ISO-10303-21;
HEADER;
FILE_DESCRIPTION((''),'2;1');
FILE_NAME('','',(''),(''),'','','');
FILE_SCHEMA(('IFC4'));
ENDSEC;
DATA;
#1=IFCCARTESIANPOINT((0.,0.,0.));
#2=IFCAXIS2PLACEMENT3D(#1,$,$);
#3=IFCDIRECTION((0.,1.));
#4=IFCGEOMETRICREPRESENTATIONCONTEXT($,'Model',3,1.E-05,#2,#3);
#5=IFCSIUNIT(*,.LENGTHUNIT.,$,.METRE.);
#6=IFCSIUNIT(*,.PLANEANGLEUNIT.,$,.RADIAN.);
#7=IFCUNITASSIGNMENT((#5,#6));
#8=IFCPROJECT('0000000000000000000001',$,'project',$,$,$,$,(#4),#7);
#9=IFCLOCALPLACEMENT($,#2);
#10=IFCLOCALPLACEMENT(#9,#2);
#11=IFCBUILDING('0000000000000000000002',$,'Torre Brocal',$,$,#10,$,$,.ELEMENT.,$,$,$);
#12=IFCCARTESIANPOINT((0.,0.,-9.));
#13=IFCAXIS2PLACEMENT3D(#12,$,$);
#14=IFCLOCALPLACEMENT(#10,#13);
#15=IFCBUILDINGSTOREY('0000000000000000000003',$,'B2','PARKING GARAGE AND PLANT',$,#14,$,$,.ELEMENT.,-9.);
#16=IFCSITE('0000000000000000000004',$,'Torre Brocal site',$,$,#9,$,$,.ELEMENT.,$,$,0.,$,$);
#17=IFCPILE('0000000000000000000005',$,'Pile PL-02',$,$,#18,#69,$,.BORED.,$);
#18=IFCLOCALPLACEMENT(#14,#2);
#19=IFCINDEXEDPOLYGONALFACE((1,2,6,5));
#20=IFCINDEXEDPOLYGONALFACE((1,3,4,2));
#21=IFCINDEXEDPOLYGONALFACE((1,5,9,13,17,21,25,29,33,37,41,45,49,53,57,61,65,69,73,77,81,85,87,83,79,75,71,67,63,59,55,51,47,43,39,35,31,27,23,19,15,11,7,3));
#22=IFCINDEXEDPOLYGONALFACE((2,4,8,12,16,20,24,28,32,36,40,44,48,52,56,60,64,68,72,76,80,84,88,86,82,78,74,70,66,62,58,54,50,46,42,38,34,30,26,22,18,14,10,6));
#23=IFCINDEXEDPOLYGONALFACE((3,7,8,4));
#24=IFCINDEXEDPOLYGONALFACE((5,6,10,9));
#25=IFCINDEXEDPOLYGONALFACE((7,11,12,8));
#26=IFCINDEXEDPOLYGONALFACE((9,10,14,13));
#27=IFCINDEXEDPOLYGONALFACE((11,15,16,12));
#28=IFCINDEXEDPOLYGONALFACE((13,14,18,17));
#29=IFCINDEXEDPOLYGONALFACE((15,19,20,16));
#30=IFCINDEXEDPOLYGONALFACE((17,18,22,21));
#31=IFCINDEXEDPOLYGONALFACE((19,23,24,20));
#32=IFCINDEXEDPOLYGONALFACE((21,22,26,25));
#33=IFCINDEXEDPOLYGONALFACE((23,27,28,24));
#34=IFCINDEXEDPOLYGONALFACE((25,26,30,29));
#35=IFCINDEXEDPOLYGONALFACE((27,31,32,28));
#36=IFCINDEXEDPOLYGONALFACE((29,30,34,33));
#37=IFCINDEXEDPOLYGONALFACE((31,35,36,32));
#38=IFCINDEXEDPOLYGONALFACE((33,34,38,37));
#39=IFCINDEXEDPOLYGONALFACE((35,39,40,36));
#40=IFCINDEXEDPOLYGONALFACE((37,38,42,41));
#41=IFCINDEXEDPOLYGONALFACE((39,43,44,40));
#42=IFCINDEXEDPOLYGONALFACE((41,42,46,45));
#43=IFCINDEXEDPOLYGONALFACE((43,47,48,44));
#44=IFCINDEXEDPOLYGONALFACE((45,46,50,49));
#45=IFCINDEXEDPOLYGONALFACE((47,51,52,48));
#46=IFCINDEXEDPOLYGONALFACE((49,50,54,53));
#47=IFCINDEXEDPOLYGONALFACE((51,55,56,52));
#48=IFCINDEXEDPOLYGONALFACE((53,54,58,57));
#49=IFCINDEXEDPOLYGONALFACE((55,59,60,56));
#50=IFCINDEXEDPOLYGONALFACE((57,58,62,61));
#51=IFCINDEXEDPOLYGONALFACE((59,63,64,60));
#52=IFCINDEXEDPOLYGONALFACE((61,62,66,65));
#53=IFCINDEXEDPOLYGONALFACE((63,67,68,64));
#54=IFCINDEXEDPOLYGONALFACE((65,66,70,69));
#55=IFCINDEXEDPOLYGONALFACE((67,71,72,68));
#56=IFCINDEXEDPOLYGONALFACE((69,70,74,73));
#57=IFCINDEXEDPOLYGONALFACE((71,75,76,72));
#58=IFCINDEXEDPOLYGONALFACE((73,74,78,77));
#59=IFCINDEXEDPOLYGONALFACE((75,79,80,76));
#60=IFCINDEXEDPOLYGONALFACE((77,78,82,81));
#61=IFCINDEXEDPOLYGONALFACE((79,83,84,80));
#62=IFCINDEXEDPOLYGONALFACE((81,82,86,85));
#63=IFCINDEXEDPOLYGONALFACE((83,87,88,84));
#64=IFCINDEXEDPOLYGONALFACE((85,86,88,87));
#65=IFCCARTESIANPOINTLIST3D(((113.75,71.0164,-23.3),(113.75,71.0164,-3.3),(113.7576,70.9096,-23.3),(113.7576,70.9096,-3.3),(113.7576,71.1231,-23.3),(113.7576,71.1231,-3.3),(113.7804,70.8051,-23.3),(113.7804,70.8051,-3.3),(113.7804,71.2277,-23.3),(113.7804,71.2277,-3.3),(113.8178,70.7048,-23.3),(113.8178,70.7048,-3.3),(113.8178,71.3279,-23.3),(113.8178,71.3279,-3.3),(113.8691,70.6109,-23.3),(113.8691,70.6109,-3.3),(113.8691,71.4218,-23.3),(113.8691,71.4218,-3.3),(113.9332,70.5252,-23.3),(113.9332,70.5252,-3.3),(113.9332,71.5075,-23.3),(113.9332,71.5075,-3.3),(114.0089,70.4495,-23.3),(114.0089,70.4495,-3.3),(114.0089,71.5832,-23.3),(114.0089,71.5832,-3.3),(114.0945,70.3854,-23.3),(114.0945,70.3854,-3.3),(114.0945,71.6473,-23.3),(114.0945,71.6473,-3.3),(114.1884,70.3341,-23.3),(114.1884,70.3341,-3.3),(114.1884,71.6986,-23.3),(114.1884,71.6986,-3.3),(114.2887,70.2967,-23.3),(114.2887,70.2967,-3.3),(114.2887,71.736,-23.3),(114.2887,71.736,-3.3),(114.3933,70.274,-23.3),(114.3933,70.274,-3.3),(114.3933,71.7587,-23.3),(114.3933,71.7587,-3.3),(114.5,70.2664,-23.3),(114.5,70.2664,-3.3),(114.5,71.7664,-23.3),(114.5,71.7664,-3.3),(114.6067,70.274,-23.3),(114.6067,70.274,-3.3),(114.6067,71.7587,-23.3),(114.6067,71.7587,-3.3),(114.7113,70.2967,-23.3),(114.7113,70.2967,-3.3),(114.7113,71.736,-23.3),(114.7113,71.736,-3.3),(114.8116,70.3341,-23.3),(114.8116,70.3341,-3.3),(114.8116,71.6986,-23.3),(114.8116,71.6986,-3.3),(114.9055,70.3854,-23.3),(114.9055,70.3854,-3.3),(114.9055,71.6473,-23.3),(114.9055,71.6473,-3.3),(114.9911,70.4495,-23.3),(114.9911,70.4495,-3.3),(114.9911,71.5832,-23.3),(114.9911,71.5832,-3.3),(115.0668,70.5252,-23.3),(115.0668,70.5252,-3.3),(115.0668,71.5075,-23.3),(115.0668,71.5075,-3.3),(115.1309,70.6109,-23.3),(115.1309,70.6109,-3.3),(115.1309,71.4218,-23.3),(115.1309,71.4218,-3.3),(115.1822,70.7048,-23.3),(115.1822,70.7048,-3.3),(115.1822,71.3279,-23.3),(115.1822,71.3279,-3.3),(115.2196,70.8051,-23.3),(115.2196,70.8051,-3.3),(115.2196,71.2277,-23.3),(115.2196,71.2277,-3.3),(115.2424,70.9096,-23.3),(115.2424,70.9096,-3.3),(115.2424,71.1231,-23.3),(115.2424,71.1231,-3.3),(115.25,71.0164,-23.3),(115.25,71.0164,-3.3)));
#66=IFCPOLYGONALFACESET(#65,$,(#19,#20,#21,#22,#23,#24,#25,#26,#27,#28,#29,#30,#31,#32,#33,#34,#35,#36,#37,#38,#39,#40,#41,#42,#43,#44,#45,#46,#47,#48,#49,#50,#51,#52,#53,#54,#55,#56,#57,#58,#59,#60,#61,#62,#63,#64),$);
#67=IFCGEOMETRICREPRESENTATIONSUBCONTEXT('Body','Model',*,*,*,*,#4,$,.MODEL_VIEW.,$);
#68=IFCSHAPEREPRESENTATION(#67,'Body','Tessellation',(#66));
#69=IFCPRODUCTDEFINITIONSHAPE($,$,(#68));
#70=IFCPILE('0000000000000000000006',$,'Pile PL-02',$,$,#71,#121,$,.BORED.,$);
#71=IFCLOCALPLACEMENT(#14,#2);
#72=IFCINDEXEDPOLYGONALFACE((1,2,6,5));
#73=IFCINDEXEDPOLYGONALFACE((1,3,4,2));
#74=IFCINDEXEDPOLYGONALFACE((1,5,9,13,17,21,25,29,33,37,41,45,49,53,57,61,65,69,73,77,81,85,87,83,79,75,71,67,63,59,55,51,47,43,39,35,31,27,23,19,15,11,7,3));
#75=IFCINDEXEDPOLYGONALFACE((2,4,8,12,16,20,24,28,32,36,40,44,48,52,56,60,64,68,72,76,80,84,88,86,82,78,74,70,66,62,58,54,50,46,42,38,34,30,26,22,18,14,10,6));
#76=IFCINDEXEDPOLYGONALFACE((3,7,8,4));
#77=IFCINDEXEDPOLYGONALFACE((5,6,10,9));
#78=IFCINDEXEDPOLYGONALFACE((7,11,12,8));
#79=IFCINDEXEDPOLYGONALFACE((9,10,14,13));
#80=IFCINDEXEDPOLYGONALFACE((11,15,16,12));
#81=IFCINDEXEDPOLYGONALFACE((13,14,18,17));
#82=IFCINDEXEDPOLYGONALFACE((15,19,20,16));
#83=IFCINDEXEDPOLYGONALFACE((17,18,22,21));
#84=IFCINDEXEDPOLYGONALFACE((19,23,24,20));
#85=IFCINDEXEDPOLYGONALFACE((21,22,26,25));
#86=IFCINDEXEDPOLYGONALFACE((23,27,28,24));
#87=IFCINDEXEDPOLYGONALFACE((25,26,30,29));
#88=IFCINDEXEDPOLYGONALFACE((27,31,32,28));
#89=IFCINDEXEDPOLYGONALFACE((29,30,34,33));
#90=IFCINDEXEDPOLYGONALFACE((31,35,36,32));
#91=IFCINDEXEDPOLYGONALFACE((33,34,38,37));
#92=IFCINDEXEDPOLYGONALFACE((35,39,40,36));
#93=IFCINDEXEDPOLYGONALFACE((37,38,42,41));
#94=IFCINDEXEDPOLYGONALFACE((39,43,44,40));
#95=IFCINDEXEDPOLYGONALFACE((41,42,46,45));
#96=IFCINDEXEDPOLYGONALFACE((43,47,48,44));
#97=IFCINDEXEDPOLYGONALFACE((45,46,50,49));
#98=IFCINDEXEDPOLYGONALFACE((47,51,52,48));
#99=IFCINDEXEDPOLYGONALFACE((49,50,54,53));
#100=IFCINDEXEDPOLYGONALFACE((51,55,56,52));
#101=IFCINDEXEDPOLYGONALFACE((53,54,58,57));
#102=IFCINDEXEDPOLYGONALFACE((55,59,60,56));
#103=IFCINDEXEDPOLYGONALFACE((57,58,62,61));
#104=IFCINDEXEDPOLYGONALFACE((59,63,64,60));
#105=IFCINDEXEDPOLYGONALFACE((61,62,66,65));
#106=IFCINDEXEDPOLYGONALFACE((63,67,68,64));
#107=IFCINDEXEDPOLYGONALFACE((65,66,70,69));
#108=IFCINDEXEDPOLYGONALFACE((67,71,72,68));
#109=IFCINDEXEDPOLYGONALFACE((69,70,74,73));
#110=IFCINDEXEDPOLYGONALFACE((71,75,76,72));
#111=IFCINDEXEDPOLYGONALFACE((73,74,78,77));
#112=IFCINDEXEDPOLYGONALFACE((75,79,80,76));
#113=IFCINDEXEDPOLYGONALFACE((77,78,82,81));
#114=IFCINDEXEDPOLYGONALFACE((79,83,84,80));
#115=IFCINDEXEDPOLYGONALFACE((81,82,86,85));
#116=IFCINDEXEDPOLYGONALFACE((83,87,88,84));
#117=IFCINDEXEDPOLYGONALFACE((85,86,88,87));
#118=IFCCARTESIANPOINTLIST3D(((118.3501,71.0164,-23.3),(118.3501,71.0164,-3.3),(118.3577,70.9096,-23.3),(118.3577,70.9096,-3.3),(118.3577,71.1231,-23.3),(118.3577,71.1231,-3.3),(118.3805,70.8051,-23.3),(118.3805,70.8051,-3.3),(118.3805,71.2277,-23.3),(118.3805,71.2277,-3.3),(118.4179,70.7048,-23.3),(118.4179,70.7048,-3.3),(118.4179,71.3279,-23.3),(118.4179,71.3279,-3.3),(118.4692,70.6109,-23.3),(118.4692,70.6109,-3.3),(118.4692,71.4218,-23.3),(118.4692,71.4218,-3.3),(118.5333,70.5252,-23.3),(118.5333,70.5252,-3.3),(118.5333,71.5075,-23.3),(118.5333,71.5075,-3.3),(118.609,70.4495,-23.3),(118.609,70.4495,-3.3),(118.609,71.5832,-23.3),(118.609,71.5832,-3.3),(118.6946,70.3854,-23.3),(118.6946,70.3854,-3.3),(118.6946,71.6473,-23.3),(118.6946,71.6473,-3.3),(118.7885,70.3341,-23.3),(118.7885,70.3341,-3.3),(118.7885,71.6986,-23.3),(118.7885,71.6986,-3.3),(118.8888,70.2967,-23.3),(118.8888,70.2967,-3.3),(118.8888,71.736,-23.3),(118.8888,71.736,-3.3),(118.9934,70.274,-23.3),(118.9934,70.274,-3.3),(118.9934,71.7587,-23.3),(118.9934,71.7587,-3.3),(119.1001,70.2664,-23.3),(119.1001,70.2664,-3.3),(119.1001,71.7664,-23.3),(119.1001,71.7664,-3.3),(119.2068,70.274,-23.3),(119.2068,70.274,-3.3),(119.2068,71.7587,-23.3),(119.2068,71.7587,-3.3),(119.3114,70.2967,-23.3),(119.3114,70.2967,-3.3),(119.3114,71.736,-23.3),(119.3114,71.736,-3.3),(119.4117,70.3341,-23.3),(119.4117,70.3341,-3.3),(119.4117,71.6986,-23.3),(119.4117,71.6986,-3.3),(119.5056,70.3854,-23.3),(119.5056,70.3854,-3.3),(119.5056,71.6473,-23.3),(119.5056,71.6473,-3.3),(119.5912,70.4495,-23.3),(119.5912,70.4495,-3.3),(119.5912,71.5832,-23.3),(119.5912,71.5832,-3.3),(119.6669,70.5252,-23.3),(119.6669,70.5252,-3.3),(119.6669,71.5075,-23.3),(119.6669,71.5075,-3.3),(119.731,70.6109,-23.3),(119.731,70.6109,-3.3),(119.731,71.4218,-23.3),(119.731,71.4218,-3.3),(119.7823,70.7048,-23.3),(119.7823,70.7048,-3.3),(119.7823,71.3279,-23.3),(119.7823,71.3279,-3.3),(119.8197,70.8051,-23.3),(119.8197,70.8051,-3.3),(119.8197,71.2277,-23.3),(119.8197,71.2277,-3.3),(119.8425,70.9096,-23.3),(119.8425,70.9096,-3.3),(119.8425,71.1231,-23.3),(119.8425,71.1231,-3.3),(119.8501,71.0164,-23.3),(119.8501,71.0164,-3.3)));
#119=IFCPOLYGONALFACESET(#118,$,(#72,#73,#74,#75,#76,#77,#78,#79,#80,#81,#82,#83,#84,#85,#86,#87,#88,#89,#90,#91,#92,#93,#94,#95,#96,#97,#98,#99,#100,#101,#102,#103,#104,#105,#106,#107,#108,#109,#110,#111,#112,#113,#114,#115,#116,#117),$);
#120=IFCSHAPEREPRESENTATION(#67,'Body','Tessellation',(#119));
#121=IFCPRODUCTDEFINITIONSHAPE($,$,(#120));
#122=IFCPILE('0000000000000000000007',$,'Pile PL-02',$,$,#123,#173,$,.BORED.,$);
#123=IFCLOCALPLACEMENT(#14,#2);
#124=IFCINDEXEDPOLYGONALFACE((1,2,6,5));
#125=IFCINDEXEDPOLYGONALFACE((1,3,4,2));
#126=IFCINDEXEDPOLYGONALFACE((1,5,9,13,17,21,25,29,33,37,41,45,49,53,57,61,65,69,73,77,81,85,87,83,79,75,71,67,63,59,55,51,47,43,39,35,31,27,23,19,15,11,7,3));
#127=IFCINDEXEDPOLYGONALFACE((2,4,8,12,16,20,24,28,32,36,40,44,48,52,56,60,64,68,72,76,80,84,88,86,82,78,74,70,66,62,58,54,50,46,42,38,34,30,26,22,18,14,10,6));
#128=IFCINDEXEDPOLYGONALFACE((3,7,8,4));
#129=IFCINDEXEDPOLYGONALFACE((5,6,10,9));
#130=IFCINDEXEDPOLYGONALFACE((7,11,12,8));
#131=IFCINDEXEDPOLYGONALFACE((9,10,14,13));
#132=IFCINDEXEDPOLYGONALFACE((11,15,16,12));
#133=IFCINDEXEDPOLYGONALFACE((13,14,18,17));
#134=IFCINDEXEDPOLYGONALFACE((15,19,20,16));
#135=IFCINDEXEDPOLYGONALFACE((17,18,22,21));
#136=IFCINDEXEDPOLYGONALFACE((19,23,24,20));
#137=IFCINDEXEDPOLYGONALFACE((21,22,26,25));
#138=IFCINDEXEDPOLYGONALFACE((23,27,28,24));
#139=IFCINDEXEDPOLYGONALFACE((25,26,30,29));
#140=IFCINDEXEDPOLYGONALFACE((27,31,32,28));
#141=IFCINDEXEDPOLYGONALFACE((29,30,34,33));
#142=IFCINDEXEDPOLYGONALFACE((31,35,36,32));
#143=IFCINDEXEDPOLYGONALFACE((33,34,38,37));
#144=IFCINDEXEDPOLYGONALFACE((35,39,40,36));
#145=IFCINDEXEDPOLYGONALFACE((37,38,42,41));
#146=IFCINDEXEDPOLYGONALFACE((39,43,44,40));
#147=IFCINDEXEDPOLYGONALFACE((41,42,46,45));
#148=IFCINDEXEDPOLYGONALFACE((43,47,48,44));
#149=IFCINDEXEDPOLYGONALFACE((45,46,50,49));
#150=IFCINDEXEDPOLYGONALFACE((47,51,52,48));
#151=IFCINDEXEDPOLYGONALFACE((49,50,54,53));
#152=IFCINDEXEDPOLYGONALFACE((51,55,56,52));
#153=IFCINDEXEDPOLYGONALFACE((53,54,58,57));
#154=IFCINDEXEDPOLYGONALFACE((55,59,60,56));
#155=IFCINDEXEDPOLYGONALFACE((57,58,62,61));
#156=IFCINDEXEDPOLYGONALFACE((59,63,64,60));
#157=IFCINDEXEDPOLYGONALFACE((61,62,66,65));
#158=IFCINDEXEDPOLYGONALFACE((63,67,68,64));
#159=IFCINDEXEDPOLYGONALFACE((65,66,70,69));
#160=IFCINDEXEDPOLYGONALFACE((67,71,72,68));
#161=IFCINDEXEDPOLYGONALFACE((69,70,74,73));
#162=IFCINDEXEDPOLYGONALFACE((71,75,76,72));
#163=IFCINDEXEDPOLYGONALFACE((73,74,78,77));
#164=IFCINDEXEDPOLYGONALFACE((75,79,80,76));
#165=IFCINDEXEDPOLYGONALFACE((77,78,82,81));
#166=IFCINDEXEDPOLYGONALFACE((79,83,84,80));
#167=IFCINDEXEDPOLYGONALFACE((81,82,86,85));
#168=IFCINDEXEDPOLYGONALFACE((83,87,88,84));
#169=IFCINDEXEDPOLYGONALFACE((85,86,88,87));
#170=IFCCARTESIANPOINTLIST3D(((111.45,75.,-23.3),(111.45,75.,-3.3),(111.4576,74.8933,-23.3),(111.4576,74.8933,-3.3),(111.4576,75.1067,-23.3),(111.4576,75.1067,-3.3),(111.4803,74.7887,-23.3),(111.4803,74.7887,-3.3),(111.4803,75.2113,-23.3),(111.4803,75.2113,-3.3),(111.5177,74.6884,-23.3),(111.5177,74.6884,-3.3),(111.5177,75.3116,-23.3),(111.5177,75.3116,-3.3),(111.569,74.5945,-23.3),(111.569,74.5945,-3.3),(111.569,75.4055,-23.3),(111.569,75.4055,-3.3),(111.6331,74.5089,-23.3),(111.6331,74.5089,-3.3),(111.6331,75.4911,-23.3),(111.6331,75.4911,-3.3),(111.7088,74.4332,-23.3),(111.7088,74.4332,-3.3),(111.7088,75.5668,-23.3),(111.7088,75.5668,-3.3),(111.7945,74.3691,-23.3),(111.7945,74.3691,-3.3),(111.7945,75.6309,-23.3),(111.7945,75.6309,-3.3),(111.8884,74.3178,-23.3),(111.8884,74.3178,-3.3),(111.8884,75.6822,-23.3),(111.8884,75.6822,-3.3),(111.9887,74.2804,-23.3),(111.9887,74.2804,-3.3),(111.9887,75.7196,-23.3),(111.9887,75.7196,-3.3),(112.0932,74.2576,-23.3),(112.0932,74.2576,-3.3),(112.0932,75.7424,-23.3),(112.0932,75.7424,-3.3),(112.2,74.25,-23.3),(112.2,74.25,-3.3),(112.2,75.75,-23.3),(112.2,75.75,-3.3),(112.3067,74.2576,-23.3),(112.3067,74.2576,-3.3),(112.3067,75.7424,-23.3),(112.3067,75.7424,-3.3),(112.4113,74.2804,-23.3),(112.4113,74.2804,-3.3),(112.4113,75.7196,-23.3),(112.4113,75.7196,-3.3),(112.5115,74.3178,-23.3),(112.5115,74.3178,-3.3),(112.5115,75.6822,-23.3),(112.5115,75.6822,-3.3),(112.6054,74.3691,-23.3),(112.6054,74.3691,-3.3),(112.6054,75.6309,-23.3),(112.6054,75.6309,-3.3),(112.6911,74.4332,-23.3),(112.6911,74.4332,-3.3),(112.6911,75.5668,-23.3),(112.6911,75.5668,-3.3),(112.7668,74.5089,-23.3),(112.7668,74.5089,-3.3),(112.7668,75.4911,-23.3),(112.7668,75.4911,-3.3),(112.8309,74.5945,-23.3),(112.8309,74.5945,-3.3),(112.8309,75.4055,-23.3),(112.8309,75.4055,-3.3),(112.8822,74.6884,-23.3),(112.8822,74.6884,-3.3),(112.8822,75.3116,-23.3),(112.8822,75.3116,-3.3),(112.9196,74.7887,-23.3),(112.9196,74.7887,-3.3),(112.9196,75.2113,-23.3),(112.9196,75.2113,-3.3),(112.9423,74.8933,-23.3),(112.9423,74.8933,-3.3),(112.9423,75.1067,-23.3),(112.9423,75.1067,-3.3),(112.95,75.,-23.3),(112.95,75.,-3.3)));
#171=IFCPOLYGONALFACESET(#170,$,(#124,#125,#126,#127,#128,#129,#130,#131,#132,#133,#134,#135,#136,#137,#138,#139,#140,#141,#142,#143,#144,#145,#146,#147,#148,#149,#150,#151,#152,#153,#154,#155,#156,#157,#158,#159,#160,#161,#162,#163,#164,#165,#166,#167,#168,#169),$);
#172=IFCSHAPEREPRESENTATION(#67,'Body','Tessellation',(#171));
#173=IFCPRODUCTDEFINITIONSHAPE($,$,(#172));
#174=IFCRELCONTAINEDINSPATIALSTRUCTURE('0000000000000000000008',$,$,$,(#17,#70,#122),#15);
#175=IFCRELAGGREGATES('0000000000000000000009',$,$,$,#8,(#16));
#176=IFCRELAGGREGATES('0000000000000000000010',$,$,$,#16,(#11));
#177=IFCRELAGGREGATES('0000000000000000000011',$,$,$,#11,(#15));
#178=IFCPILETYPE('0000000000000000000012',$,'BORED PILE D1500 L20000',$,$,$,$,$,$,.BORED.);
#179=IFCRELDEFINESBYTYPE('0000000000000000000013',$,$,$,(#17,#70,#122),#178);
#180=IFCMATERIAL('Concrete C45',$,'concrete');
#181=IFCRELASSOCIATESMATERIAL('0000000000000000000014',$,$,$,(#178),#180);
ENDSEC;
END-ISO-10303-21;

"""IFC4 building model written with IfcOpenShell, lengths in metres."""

from ifc_helpers import new_model, si_unit, direction, frame, origin, origin_2d, place, context, subcontext, project, spatial, circle, extrude, material, material_profile, profile_set, type_object, element, save


model = new_model("IFC4")

# Units and contexts
model_context = context("Model", 3, precision=1e-05, world=origin(), true_north=direction((0.0, 1.0)))
body_context = subcontext(model_context, "Body", "Model", "MODEL_VIEW")
ifc_project = project(units=[si_unit("LENGTHUNIT", "METRE"), si_unit("PLANEANGLEUNIT", "RADIAN")], contexts=[model_context])

# Site, building, storey
site_placement = place(None, origin())
site = spatial("IfcSite", under=ifc_project, at=site_placement, Name="Torre Brocal site", CompositionType="ELEMENT", RefElevation=0.0)
building_placement = place(site_placement, origin())
building = spatial("IfcBuilding", under=site, at=building_placement, Name="Torre Brocal", CompositionType="ELEMENT")
storey_placement = place(building_placement, frame((0.0, 0.0, -9.0)))
storey = spatial("IfcBuildingStorey", under=building, at=storey_placement, Name="B2", Description="PARKING GARAGE AND PLANT", CompositionType="ELEMENT", Elevation=-9.0)

# Piles
ifc_material_1 = material(Name="Concrete C45", Category="concrete")
ifc_material_profile_1 = material_profile(ifc_material_1, circle(Radius=0.75, at=origin_2d()), Name="BORED PILE D1500")
ifc_profile_set_1 = profile_set([ifc_material_profile_1], Name="Concrete C45")
pile_type_1 = type_object("IfcPileType", Name="BORED PILE D1500 L20000", PredefinedType="BORED", material=ifc_profile_set_1)
for number, where, z_axis, x_axis, name in (
    (1, (114.5, 71.0164, -3.3), (0.0, 0.0, -1.0), (1.0, 0.0, 0.0), "Pile PL-02"),
    (2, (119.1001, 71.0164, -3.3), (0.0, 0.0, -1.0), (1.0, 0.0, 0.0), "Pile PL-02"),
    (3, (112.2, 75.0, -3.3), (0.0, 0.0, -1.0), (1.0, 0.0, 0.0), "Pile PL-02"),
):
    element("IfcPile", number, at=place(storey_placement, frame(where, z_axis=z_axis, x_axis=x_axis)), inside=storey, type_object=pile_type_1, Name=name, PredefinedType="BORED", context=body_context, shape_type="SweptSolid", body=[
        extrude(circle(Radius=0.75, at=origin_2d()), origin(), (0.0, 0.0, 1.0), 20.0),
    ])

save(model, "model.ifc")
